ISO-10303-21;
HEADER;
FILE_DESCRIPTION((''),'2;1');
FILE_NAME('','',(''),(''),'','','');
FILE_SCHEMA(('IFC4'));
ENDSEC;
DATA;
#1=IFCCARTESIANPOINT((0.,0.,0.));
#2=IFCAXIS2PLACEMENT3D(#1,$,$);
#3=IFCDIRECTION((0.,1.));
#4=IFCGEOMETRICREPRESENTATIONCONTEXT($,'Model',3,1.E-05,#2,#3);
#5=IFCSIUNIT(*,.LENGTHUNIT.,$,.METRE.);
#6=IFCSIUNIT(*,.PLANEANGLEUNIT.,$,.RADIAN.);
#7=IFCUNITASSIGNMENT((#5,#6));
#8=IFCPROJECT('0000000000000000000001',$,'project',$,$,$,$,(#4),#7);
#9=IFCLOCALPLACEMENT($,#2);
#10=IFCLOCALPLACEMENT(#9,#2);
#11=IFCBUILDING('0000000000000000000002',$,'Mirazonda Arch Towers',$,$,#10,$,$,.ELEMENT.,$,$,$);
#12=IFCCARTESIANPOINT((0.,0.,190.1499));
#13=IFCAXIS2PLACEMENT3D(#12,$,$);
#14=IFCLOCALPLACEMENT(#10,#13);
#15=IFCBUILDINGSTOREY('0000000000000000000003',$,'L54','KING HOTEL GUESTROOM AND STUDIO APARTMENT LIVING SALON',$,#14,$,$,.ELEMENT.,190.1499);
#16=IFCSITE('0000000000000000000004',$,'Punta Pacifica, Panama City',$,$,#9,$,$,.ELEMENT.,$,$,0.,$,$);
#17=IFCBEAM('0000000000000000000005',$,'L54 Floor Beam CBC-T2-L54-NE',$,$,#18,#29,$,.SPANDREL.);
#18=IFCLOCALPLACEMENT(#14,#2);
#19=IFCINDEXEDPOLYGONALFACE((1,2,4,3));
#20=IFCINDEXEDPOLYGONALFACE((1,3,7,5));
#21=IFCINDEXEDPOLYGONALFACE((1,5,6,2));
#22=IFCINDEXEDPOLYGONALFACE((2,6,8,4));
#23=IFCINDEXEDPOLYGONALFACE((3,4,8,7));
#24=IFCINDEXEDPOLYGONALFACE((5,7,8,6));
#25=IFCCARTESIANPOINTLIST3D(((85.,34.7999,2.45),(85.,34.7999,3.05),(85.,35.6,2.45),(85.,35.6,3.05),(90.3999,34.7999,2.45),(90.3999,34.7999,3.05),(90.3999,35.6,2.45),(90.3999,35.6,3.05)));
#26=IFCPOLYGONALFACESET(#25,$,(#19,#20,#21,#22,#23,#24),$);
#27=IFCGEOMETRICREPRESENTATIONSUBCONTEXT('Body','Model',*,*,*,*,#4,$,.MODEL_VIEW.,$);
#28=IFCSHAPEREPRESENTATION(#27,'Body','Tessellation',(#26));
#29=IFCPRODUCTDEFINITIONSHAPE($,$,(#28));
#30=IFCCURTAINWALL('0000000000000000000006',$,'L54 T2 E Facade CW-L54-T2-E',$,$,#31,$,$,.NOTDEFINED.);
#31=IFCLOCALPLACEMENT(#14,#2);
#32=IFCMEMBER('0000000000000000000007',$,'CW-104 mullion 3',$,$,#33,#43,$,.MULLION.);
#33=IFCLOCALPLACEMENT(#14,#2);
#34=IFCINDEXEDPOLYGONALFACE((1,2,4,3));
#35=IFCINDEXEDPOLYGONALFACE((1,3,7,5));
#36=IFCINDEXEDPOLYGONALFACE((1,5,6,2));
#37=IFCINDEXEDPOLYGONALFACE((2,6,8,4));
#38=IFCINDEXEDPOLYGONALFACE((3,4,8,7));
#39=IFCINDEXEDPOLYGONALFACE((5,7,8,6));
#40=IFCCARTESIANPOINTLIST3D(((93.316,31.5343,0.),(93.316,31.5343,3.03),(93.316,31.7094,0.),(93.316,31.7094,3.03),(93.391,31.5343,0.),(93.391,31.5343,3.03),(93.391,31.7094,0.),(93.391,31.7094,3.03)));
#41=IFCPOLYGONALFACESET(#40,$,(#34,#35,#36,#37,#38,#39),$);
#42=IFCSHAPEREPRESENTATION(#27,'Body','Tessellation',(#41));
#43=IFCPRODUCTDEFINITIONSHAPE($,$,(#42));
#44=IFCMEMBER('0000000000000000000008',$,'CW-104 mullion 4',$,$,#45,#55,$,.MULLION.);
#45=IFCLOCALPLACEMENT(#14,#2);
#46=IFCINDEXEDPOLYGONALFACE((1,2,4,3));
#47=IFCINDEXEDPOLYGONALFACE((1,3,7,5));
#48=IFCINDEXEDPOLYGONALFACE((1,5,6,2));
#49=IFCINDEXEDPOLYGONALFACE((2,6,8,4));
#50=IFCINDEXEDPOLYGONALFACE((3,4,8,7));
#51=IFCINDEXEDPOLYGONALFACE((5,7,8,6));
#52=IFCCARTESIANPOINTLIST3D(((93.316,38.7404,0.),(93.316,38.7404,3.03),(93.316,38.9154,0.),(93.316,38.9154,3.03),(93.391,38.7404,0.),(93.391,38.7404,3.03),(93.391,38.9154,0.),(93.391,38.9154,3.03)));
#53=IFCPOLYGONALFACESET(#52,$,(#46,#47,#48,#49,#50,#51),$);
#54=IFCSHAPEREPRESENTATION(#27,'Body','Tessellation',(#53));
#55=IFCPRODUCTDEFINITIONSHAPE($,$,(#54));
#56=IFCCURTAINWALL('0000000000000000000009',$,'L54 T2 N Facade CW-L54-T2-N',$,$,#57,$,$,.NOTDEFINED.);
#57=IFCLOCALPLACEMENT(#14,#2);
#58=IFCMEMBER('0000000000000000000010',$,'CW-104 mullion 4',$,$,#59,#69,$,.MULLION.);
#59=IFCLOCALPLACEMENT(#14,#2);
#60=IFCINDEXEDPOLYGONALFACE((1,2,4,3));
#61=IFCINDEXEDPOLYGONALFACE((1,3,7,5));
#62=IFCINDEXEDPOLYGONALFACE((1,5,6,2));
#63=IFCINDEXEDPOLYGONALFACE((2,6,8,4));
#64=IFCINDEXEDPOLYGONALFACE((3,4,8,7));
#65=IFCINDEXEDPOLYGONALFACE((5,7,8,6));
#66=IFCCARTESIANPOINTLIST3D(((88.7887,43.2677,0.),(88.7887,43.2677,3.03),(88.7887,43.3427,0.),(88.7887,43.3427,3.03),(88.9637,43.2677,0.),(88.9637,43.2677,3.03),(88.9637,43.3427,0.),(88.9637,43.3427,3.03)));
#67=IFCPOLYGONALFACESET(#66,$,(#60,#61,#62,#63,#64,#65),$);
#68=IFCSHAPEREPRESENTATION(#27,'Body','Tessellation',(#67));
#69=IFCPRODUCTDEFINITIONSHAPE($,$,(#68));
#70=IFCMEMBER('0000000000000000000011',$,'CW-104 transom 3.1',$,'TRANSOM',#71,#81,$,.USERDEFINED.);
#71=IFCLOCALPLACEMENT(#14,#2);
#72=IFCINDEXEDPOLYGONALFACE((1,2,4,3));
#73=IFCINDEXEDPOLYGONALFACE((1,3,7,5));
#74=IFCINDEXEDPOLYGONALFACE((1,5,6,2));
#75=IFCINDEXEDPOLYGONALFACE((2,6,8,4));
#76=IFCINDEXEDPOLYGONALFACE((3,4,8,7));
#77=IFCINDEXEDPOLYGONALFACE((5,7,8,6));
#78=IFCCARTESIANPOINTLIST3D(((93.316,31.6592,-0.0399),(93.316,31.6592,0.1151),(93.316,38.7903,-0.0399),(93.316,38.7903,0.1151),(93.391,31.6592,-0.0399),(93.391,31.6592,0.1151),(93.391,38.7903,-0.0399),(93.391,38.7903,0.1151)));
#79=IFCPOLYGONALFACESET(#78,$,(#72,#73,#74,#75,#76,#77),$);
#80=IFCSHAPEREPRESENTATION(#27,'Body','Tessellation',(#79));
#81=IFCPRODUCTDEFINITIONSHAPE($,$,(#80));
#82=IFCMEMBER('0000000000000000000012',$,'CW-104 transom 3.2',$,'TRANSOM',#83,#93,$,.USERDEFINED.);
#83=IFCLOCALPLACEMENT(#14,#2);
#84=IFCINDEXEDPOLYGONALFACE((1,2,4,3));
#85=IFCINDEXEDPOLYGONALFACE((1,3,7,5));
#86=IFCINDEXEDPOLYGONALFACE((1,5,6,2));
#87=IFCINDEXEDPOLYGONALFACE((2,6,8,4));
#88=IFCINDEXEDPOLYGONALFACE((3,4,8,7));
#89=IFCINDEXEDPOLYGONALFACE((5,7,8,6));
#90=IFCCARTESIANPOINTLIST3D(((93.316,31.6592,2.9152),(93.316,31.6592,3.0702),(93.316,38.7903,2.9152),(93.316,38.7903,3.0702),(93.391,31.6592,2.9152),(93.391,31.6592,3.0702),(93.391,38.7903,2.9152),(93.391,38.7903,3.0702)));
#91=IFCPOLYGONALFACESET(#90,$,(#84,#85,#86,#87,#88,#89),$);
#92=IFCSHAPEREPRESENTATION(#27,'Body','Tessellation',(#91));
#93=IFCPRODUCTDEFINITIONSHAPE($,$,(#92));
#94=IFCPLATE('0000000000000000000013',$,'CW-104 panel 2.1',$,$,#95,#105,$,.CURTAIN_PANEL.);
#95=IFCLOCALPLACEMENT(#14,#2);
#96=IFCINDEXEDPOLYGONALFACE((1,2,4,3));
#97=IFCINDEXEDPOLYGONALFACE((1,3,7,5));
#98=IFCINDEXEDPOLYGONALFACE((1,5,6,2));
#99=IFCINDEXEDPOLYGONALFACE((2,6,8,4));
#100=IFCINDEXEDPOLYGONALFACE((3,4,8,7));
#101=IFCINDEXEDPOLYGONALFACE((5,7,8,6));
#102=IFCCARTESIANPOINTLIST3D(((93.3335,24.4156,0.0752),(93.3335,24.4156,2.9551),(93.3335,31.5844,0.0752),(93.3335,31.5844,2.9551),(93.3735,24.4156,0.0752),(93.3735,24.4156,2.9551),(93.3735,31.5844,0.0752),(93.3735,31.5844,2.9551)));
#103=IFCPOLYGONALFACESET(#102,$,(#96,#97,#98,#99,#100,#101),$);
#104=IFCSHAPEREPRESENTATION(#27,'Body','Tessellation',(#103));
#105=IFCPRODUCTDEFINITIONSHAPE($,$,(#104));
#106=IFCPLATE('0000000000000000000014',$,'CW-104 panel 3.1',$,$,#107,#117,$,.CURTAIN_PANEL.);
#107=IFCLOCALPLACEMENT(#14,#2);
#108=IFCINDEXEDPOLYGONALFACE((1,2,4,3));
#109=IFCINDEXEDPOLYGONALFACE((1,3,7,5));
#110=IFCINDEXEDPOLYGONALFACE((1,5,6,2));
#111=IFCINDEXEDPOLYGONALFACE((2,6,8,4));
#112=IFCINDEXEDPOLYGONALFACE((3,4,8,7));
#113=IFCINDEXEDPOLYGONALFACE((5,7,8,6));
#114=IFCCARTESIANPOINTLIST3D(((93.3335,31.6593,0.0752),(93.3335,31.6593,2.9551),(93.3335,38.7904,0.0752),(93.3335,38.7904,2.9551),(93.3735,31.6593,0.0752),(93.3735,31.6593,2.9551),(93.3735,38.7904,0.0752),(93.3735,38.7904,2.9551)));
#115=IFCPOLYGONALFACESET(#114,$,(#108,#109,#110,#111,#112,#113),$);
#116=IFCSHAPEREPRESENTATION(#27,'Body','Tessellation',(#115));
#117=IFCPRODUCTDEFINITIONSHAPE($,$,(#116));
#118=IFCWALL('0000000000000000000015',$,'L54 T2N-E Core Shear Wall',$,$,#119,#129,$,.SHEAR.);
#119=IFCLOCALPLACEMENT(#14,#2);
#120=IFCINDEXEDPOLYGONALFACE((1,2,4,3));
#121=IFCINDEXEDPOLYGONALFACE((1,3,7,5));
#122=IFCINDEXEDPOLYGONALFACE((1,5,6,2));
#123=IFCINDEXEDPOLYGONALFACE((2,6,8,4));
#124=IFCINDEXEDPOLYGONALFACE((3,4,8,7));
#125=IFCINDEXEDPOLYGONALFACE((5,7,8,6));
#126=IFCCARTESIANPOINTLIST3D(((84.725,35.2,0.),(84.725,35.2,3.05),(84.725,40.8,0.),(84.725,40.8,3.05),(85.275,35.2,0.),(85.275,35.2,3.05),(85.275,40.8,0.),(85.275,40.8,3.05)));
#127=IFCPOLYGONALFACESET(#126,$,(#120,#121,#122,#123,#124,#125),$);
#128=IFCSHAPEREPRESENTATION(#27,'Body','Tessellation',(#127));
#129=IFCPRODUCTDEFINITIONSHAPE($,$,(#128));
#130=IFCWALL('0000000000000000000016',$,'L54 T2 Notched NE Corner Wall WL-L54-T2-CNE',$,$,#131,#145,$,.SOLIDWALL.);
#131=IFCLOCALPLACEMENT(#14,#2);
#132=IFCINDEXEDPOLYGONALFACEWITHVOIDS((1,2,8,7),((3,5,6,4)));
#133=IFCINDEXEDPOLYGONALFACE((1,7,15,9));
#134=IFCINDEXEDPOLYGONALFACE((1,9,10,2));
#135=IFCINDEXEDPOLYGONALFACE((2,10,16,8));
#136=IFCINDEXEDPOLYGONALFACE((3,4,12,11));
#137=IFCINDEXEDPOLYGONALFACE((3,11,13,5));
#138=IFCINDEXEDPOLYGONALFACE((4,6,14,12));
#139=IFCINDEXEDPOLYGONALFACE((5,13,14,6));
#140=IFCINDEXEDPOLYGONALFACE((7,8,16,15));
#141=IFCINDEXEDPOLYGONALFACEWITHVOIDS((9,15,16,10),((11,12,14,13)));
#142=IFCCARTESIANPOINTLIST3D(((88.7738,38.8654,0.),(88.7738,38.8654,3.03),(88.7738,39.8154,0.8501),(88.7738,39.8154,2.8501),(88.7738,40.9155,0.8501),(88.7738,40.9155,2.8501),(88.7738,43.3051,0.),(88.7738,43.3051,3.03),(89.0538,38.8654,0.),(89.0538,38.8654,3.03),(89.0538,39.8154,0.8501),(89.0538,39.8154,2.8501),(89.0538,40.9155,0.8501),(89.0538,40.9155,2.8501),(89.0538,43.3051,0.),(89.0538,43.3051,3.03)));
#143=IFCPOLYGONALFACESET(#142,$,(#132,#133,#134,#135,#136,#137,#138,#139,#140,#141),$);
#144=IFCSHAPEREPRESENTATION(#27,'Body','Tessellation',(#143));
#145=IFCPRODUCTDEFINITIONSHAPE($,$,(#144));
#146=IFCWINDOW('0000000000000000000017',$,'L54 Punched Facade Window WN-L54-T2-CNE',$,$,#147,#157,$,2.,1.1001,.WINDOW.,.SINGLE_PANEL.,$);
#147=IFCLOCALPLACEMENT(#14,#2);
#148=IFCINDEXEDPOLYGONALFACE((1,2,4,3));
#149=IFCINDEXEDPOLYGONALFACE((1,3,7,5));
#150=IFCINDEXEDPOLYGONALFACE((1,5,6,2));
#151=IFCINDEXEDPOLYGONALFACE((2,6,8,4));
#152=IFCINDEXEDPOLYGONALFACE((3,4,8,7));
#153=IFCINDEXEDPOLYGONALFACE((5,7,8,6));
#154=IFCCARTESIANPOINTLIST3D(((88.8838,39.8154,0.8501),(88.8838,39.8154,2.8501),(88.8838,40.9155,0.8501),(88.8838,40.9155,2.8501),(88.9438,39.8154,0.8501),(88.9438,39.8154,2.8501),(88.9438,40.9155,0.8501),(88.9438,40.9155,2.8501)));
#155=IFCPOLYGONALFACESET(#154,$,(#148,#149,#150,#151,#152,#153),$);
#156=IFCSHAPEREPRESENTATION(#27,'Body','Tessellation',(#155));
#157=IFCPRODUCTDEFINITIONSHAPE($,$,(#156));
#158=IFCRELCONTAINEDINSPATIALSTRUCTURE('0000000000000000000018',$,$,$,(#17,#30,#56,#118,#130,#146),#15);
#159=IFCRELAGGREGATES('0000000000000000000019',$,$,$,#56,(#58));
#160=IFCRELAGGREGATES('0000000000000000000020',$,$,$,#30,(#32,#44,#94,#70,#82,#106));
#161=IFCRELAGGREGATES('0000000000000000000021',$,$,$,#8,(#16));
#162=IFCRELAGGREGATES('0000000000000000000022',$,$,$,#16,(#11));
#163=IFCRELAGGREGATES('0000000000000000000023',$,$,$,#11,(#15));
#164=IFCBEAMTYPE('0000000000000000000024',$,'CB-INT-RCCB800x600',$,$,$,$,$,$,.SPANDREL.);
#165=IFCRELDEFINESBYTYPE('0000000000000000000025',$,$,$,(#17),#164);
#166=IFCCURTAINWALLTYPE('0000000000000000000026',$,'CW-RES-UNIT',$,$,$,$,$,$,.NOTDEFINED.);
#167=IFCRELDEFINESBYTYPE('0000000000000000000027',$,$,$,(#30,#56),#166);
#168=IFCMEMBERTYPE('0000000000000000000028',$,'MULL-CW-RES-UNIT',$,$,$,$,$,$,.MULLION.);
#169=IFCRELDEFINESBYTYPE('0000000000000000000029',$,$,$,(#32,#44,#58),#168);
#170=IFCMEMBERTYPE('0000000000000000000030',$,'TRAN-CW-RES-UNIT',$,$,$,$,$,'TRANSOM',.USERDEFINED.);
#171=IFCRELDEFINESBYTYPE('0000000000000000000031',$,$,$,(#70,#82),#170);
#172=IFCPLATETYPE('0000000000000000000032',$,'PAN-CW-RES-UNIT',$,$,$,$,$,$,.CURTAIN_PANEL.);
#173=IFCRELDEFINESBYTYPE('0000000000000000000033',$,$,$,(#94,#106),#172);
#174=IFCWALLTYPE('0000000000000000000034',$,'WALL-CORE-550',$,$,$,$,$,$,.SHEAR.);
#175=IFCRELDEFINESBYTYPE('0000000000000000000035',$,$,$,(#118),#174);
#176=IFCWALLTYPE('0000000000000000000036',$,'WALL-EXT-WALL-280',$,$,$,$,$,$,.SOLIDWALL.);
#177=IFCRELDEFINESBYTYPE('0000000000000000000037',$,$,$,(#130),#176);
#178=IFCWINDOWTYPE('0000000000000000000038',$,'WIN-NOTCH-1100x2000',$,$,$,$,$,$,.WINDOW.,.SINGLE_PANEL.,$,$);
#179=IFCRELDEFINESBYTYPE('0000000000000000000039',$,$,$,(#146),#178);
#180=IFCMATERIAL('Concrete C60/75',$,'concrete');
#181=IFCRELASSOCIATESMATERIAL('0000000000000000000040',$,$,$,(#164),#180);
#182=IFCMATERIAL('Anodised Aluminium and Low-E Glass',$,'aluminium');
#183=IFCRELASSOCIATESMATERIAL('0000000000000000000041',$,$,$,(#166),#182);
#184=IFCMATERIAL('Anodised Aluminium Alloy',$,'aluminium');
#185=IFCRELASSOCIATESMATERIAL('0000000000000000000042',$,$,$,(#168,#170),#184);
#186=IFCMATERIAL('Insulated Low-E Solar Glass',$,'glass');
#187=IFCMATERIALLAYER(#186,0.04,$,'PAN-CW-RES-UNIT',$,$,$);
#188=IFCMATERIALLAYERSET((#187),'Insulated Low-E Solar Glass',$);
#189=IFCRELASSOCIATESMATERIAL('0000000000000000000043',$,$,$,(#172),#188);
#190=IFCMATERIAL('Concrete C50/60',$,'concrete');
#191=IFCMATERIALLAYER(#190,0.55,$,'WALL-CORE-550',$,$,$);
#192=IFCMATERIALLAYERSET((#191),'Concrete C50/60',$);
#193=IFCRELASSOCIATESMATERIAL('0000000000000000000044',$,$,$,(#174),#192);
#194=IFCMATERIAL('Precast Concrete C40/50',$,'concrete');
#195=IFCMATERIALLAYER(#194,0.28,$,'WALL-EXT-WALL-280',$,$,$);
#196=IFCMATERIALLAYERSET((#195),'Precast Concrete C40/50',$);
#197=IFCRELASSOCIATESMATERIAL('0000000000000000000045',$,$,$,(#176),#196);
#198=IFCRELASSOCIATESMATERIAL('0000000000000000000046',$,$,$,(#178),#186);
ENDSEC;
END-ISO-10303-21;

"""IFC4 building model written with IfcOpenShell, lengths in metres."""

from ifc_helpers import new_model, si_unit, direction, frame, frame_2d, origin, origin_2d, place, context, subcontext, project, spatial, rectangle, extrude, material, layer, layer_set, material_profile, profile_set, type_object, element, fill, aggregate, save


model = new_model("IFC4")

# Units and contexts
model_context = context("Model", 3, precision=1e-05, world=origin(), true_north=direction((0.0, 1.0)))
body_context = subcontext(model_context, "Body", "Model", "MODEL_VIEW")
ifc_project = project(units=[si_unit("LENGTHUNIT", "METRE"), si_unit("PLANEANGLEUNIT", "RADIAN")], contexts=[model_context])

# Site, building, storey
site_placement = place(None, origin())
site = spatial("IfcSite", under=ifc_project, at=site_placement, Name="Punta Pacifica, Panama City", CompositionType="ELEMENT", RefElevation=0.0)
building_placement = place(site_placement, origin())
building = spatial("IfcBuilding", under=site, at=building_placement, Name="Mirazonda Arch Towers", CompositionType="ELEMENT")
storey_placement = place(building_placement, frame((0.0, 0.0, 190.1499)))
storey = spatial("IfcBuildingStorey", under=building, at=storey_placement, Name="L54", Description="KING HOTEL GUESTROOM AND STUDIO APARTMENT LIVING SALON", CompositionType="ELEMENT", Elevation=190.1499)

# Shared definitions
ifc_material_1 = material(Name="Concrete C50/60", Category="concrete")

# Beam
ifc_material_2 = material(Name="Concrete C60/75", Category="concrete")
ifc_material_profile_1 = material_profile(ifc_material_2, rectangle(XDim=0.8, YDim=0.6001, at=origin_2d()), Name="RCCB800x600")
ifc_profile_set_1 = profile_set([ifc_material_profile_1], Name="Concrete C60/75")
beam_type_1 = type_object("IfcBeamType", Name="CB-INT-RCCB800x600", PredefinedType="SPANDREL", material=ifc_profile_set_1)
beam_1_placement = place(storey_placement, frame((85.0, 35.2, 2.75), z_axis=(1.0, 0.0, 0.0), x_axis=(0.0, 1.0, 0.0)))
element("IfcBeam", 1, at=beam_1_placement, inside=storey, type_object=beam_type_1, Name="L54 Floor Beam CBC-T2-L54-NE", PredefinedType="SPANDREL", context=body_context, shape_type="SweptSolid", body=[
    extrude(rectangle(XDim=0.8, YDim=0.6001, at=origin_2d()), origin(), (0.0, 0.0, 1.0), 5.3999),
])

# Curtain wall, members
ifc_material_3 = material(Name="Anodised Aluminium and Low-E Glass", Category="aluminium")
curtain_wall_type = type_object("IfcCurtainWallType", Name="CW-RES-UNIT", PredefinedType="NOTDEFINED", material=ifc_material_3)
curtain_wall_1_placement = place(storey_placement, origin())
curtain_wall_1 = element("IfcCurtainWall", 2, at=curtain_wall_1_placement, inside=storey, type_object=curtain_wall_type, Name="L54 T2 E Facade CW-L54-T2-E", PredefinedType="NOTDEFINED")
ifc_material_4 = material(Name="Anodised Aluminium Alloy", Category="aluminium")
ifc_material_profile_2 = material_profile(ifc_material_4, rectangle(XDim=0.075, YDim=0.175, at=origin_2d()), Name="ALU-MULL-75x175")
ifc_profile_set_2 = profile_set([ifc_material_profile_2], Name="Anodised Aluminium Alloy")
member_type_1 = type_object("IfcMemberType", Name="MULL-CW-RES-UNIT", PredefinedType="MULLION", material=ifc_profile_set_2)
member_1_placement = place(storey_placement, frame((93.3535, 31.6218, 0.0), z_axis=(0.0, 0.0, 1.0), x_axis=(-1.0, 0.0, 0.0)))
member_1 = element("IfcMember", 3, at=member_1_placement, type_object=member_type_1, Name="CW-104 mullion 3", PredefinedType="MULLION", context=body_context, shape_type="SweptSolid", body=[
    extrude(rectangle(XDim=0.075, YDim=0.175, at=origin_2d()), origin(), (0.0, 0.0, 1.0), 3.03),
])
member_2_placement = place(storey_placement, frame((93.3535, 38.8279, 0.0), z_axis=(0.0, 0.0, 1.0), x_axis=(-1.0, 0.0, 0.0)))
member_2 = element("IfcMember", 4, at=member_2_placement, type_object=member_type_1, Name="CW-104 mullion 4", PredefinedType="MULLION", context=body_context, shape_type="SweptSolid", body=[
    extrude(rectangle(XDim=0.075, YDim=0.175, at=origin_2d()), origin(), (0.0, 0.0, 1.0), 3.03),
])

# Curtain wall, member
curtain_wall_2_placement = place(storey_placement, origin())
curtain_wall_2 = element("IfcCurtainWall", 5, at=curtain_wall_2_placement, inside=storey, type_object=curtain_wall_type, Name="L54 T2 N Facade CW-L54-T2-N", PredefinedType="NOTDEFINED")
member_3_placement = place(storey_placement, frame((88.8762, 43.3052, 0.0), z_axis=(0.0, 0.0, 1.0), x_axis=(0.0, 1.0, 0.0)))
member_3 = element("IfcMember", 6, at=member_3_placement, type_object=member_type_1, Name="CW-104 mullion 4", PredefinedType="MULLION", context=body_context, shape_type="SweptSolid", body=[
    extrude(rectangle(XDim=0.075, YDim=0.175, at=origin_2d()), origin(), (0.0, 0.0, 1.0), 3.03),
])
aggregate(curtain_wall_2, [member_3])

# Members
ifc_material_profile_3 = material_profile(ifc_material_4, rectangle(XDim=0.075, YDim=0.155, at=origin_2d()), Name="ALU-TRAN-75x155")
ifc_profile_set_3 = profile_set([ifc_material_profile_3], Name="Anodised Aluminium Alloy")
member_type_2 = type_object("IfcMemberType", Name="TRAN-CW-RES-UNIT", ElementType="TRANSOM", PredefinedType="USERDEFINED", material=ifc_profile_set_3)
member_4_placement = place(storey_placement, frame((93.3535, 31.6592, 0.0376), z_axis=(0.0, 1.0, 0.0), x_axis=(-1.0, 0.0, 0.0)))
member_4 = element("IfcMember", 7, at=member_4_placement, type_object=member_type_2, Name="CW-104 transom 3.1", ObjectType="TRANSOM", PredefinedType="USERDEFINED", context=body_context, shape_type="SweptSolid", body=[
    extrude(rectangle(XDim=0.075, YDim=0.155, at=origin_2d()), origin(), (0.0, 0.0, 1.0), 7.1311),
])
member_5_placement = place(storey_placement, frame((93.3535, 31.6592, 2.9927), z_axis=(0.0, 1.0, 0.0), x_axis=(-1.0, 0.0, 0.0)))
member_5 = element("IfcMember", 8, at=member_5_placement, type_object=member_type_2, Name="CW-104 transom 3.2", ObjectType="TRANSOM", PredefinedType="USERDEFINED", context=body_context, shape_type="SweptSolid", body=[
    extrude(rectangle(XDim=0.075, YDim=0.155, at=origin_2d()), origin(), (0.0, 0.0, 1.0), 7.1311),
])

# Plates
ifc_material_5 = material(Name="Insulated Low-E Solar Glass", Category="glass")
ifc_layer_1 = layer(ifc_material_5, 0.04, Name="PAN-CW-RES-UNIT")
ifc_layer_set_1 = layer_set([ifc_layer_1], Name="Insulated Low-E Solar Glass")
plate_type = type_object("IfcPlateType", Name="PAN-CW-RES-UNIT", PredefinedType="CURTAIN_PANEL", material=ifc_layer_set_1)
plate_1_placement = place(storey_placement, frame((93.3535, 28.0, 0.0752), z_axis=(0.0, 0.0, 1.0), x_axis=(0.0, 1.0, 0.0)))
plate_1 = element("IfcPlate", 9, at=plate_1_placement, type_object=plate_type, Name="CW-104 panel 2.1", PredefinedType="CURTAIN_PANEL", context=body_context, shape_type="SweptSolid", body=[
    extrude(rectangle(XDim=7.1687, YDim=0.04, at=origin_2d()), origin(), (0.0, 0.0, 1.0), 2.8799),
])
plate_2_placement = place(storey_placement, frame((93.3535, 35.2249, 0.0752), z_axis=(0.0, 0.0, 1.0), x_axis=(0.0, 1.0, 0.0)))
plate_2 = element("IfcPlate", 10, at=plate_2_placement, type_object=plate_type, Name="CW-104 panel 3.1", PredefinedType="CURTAIN_PANEL", context=body_context, shape_type="SweptSolid", body=[
    extrude(rectangle(XDim=7.1311, YDim=0.04, at=origin_2d()), origin(), (0.0, 0.0, 1.0), 2.8799),
])
aggregate(curtain_wall_1, [member_1, member_2, plate_1, member_4, member_5, plate_2])

# Wall
ifc_layer_2 = layer(ifc_material_1, 0.55, Name="WALL-CORE-550")
ifc_layer_set_2 = layer_set([ifc_layer_2], Name="Concrete C50/60")
wall_type_1 = type_object("IfcWallType", Name="WALL-CORE-550", PredefinedType="SHEAR", material=ifc_layer_set_2)
wall_1_placement = place(storey_placement, frame((85.0, 35.2, 0.0), z_axis=(0.0, 0.0, 1.0), x_axis=(0.0, 1.0, 0.0)))
element("IfcWall", 11, at=wall_1_placement, inside=storey, type_object=wall_type_1, Name="L54 T2N-E Core Shear Wall", PredefinedType="SHEAR", context=body_context, shape_type="SweptSolid", body=[
    extrude(rectangle(XDim=5.6001, YDim=0.55, at=frame_2d((2.8, 0.0))), origin(), (0.0, 0.0, 1.0), 3.05),
])

# Wall, opening, window
ifc_material_6 = material(Name="Precast Concrete C40/50", Category="concrete")
ifc_layer_3 = layer(ifc_material_6, 0.28, Name="WALL-EXT-WALL-280")
ifc_layer_set_3 = layer_set([ifc_layer_3], Name="Precast Concrete C40/50")
wall_type_2 = type_object("IfcWallType", Name="WALL-EXT-WALL-280", PredefinedType="SOLIDWALL", material=ifc_layer_set_3)
wall_2_placement = place(storey_placement, frame((88.9138, 38.8655, 0.0), z_axis=(0.0, 0.0, 1.0), x_axis=(0.0, 1.0, 0.0)))
wall_2 = element("IfcWall", 12, at=wall_2_placement, inside=storey, type_object=wall_type_2, Name="L54 T2 Notched NE Corner Wall WL-L54-T2-CNE", PredefinedType="SOLIDWALL", context=body_context, shape_type="SweptSolid", body=[
    extrude(rectangle(XDim=4.4397, YDim=0.28, at=frame_2d((2.2197, 0.0))), origin(), (0.0, 0.0, 1.0), 3.03),
])
opening_1_placement = place(wall_2_placement, frame((0.95, 0.0, 0.8501)))
opening_1 = element("IfcOpeningElement", 13, at=opening_1_placement, cuts=wall_2, PredefinedType="OPENING", context=body_context, shape_type="SweptSolid", body=[
    extrude(rectangle(XDim=1.1001, YDim=2.0, at=frame_2d((0.55, 1.0))), frame((0.0, 0.1499, 0.0), z_axis=(0.0, -1.0, 0.0), x_axis=(1.0, 0.0, 0.0)), (0.0, 0.0, 1.0), 0.3),
])
window_type = type_object("IfcWindowType", Name="WIN-NOTCH-1100x2000", PartitioningType="SINGLE_PANEL", PredefinedType="WINDOW", material=ifc_material_5)
window_1_placement = place(opening_1_placement, origin())
window_1 = element("IfcWindow", 14, at=window_1_placement, inside=storey, type_object=window_type, Name="L54 Punched Facade Window WN-L54-T2-CNE", OverallHeight=2.0, OverallWidth=1.1001, PartitioningType="SINGLE_PANEL", PredefinedType="WINDOW", context=body_context, shape_type="SweptSolid", body=[
    extrude(rectangle(XDim=1.1001, YDim=2.0, at=frame_2d((0.55, 1.0))), frame((0.0, 0.03, 0.0), z_axis=(0.0, -1.0, 0.0), x_axis=(1.0, 0.0, 0.0)), (0.0, 0.0, 1.0), 0.0601),
])
fill(opening_1, window_1)

save(model, "model.ifc")
